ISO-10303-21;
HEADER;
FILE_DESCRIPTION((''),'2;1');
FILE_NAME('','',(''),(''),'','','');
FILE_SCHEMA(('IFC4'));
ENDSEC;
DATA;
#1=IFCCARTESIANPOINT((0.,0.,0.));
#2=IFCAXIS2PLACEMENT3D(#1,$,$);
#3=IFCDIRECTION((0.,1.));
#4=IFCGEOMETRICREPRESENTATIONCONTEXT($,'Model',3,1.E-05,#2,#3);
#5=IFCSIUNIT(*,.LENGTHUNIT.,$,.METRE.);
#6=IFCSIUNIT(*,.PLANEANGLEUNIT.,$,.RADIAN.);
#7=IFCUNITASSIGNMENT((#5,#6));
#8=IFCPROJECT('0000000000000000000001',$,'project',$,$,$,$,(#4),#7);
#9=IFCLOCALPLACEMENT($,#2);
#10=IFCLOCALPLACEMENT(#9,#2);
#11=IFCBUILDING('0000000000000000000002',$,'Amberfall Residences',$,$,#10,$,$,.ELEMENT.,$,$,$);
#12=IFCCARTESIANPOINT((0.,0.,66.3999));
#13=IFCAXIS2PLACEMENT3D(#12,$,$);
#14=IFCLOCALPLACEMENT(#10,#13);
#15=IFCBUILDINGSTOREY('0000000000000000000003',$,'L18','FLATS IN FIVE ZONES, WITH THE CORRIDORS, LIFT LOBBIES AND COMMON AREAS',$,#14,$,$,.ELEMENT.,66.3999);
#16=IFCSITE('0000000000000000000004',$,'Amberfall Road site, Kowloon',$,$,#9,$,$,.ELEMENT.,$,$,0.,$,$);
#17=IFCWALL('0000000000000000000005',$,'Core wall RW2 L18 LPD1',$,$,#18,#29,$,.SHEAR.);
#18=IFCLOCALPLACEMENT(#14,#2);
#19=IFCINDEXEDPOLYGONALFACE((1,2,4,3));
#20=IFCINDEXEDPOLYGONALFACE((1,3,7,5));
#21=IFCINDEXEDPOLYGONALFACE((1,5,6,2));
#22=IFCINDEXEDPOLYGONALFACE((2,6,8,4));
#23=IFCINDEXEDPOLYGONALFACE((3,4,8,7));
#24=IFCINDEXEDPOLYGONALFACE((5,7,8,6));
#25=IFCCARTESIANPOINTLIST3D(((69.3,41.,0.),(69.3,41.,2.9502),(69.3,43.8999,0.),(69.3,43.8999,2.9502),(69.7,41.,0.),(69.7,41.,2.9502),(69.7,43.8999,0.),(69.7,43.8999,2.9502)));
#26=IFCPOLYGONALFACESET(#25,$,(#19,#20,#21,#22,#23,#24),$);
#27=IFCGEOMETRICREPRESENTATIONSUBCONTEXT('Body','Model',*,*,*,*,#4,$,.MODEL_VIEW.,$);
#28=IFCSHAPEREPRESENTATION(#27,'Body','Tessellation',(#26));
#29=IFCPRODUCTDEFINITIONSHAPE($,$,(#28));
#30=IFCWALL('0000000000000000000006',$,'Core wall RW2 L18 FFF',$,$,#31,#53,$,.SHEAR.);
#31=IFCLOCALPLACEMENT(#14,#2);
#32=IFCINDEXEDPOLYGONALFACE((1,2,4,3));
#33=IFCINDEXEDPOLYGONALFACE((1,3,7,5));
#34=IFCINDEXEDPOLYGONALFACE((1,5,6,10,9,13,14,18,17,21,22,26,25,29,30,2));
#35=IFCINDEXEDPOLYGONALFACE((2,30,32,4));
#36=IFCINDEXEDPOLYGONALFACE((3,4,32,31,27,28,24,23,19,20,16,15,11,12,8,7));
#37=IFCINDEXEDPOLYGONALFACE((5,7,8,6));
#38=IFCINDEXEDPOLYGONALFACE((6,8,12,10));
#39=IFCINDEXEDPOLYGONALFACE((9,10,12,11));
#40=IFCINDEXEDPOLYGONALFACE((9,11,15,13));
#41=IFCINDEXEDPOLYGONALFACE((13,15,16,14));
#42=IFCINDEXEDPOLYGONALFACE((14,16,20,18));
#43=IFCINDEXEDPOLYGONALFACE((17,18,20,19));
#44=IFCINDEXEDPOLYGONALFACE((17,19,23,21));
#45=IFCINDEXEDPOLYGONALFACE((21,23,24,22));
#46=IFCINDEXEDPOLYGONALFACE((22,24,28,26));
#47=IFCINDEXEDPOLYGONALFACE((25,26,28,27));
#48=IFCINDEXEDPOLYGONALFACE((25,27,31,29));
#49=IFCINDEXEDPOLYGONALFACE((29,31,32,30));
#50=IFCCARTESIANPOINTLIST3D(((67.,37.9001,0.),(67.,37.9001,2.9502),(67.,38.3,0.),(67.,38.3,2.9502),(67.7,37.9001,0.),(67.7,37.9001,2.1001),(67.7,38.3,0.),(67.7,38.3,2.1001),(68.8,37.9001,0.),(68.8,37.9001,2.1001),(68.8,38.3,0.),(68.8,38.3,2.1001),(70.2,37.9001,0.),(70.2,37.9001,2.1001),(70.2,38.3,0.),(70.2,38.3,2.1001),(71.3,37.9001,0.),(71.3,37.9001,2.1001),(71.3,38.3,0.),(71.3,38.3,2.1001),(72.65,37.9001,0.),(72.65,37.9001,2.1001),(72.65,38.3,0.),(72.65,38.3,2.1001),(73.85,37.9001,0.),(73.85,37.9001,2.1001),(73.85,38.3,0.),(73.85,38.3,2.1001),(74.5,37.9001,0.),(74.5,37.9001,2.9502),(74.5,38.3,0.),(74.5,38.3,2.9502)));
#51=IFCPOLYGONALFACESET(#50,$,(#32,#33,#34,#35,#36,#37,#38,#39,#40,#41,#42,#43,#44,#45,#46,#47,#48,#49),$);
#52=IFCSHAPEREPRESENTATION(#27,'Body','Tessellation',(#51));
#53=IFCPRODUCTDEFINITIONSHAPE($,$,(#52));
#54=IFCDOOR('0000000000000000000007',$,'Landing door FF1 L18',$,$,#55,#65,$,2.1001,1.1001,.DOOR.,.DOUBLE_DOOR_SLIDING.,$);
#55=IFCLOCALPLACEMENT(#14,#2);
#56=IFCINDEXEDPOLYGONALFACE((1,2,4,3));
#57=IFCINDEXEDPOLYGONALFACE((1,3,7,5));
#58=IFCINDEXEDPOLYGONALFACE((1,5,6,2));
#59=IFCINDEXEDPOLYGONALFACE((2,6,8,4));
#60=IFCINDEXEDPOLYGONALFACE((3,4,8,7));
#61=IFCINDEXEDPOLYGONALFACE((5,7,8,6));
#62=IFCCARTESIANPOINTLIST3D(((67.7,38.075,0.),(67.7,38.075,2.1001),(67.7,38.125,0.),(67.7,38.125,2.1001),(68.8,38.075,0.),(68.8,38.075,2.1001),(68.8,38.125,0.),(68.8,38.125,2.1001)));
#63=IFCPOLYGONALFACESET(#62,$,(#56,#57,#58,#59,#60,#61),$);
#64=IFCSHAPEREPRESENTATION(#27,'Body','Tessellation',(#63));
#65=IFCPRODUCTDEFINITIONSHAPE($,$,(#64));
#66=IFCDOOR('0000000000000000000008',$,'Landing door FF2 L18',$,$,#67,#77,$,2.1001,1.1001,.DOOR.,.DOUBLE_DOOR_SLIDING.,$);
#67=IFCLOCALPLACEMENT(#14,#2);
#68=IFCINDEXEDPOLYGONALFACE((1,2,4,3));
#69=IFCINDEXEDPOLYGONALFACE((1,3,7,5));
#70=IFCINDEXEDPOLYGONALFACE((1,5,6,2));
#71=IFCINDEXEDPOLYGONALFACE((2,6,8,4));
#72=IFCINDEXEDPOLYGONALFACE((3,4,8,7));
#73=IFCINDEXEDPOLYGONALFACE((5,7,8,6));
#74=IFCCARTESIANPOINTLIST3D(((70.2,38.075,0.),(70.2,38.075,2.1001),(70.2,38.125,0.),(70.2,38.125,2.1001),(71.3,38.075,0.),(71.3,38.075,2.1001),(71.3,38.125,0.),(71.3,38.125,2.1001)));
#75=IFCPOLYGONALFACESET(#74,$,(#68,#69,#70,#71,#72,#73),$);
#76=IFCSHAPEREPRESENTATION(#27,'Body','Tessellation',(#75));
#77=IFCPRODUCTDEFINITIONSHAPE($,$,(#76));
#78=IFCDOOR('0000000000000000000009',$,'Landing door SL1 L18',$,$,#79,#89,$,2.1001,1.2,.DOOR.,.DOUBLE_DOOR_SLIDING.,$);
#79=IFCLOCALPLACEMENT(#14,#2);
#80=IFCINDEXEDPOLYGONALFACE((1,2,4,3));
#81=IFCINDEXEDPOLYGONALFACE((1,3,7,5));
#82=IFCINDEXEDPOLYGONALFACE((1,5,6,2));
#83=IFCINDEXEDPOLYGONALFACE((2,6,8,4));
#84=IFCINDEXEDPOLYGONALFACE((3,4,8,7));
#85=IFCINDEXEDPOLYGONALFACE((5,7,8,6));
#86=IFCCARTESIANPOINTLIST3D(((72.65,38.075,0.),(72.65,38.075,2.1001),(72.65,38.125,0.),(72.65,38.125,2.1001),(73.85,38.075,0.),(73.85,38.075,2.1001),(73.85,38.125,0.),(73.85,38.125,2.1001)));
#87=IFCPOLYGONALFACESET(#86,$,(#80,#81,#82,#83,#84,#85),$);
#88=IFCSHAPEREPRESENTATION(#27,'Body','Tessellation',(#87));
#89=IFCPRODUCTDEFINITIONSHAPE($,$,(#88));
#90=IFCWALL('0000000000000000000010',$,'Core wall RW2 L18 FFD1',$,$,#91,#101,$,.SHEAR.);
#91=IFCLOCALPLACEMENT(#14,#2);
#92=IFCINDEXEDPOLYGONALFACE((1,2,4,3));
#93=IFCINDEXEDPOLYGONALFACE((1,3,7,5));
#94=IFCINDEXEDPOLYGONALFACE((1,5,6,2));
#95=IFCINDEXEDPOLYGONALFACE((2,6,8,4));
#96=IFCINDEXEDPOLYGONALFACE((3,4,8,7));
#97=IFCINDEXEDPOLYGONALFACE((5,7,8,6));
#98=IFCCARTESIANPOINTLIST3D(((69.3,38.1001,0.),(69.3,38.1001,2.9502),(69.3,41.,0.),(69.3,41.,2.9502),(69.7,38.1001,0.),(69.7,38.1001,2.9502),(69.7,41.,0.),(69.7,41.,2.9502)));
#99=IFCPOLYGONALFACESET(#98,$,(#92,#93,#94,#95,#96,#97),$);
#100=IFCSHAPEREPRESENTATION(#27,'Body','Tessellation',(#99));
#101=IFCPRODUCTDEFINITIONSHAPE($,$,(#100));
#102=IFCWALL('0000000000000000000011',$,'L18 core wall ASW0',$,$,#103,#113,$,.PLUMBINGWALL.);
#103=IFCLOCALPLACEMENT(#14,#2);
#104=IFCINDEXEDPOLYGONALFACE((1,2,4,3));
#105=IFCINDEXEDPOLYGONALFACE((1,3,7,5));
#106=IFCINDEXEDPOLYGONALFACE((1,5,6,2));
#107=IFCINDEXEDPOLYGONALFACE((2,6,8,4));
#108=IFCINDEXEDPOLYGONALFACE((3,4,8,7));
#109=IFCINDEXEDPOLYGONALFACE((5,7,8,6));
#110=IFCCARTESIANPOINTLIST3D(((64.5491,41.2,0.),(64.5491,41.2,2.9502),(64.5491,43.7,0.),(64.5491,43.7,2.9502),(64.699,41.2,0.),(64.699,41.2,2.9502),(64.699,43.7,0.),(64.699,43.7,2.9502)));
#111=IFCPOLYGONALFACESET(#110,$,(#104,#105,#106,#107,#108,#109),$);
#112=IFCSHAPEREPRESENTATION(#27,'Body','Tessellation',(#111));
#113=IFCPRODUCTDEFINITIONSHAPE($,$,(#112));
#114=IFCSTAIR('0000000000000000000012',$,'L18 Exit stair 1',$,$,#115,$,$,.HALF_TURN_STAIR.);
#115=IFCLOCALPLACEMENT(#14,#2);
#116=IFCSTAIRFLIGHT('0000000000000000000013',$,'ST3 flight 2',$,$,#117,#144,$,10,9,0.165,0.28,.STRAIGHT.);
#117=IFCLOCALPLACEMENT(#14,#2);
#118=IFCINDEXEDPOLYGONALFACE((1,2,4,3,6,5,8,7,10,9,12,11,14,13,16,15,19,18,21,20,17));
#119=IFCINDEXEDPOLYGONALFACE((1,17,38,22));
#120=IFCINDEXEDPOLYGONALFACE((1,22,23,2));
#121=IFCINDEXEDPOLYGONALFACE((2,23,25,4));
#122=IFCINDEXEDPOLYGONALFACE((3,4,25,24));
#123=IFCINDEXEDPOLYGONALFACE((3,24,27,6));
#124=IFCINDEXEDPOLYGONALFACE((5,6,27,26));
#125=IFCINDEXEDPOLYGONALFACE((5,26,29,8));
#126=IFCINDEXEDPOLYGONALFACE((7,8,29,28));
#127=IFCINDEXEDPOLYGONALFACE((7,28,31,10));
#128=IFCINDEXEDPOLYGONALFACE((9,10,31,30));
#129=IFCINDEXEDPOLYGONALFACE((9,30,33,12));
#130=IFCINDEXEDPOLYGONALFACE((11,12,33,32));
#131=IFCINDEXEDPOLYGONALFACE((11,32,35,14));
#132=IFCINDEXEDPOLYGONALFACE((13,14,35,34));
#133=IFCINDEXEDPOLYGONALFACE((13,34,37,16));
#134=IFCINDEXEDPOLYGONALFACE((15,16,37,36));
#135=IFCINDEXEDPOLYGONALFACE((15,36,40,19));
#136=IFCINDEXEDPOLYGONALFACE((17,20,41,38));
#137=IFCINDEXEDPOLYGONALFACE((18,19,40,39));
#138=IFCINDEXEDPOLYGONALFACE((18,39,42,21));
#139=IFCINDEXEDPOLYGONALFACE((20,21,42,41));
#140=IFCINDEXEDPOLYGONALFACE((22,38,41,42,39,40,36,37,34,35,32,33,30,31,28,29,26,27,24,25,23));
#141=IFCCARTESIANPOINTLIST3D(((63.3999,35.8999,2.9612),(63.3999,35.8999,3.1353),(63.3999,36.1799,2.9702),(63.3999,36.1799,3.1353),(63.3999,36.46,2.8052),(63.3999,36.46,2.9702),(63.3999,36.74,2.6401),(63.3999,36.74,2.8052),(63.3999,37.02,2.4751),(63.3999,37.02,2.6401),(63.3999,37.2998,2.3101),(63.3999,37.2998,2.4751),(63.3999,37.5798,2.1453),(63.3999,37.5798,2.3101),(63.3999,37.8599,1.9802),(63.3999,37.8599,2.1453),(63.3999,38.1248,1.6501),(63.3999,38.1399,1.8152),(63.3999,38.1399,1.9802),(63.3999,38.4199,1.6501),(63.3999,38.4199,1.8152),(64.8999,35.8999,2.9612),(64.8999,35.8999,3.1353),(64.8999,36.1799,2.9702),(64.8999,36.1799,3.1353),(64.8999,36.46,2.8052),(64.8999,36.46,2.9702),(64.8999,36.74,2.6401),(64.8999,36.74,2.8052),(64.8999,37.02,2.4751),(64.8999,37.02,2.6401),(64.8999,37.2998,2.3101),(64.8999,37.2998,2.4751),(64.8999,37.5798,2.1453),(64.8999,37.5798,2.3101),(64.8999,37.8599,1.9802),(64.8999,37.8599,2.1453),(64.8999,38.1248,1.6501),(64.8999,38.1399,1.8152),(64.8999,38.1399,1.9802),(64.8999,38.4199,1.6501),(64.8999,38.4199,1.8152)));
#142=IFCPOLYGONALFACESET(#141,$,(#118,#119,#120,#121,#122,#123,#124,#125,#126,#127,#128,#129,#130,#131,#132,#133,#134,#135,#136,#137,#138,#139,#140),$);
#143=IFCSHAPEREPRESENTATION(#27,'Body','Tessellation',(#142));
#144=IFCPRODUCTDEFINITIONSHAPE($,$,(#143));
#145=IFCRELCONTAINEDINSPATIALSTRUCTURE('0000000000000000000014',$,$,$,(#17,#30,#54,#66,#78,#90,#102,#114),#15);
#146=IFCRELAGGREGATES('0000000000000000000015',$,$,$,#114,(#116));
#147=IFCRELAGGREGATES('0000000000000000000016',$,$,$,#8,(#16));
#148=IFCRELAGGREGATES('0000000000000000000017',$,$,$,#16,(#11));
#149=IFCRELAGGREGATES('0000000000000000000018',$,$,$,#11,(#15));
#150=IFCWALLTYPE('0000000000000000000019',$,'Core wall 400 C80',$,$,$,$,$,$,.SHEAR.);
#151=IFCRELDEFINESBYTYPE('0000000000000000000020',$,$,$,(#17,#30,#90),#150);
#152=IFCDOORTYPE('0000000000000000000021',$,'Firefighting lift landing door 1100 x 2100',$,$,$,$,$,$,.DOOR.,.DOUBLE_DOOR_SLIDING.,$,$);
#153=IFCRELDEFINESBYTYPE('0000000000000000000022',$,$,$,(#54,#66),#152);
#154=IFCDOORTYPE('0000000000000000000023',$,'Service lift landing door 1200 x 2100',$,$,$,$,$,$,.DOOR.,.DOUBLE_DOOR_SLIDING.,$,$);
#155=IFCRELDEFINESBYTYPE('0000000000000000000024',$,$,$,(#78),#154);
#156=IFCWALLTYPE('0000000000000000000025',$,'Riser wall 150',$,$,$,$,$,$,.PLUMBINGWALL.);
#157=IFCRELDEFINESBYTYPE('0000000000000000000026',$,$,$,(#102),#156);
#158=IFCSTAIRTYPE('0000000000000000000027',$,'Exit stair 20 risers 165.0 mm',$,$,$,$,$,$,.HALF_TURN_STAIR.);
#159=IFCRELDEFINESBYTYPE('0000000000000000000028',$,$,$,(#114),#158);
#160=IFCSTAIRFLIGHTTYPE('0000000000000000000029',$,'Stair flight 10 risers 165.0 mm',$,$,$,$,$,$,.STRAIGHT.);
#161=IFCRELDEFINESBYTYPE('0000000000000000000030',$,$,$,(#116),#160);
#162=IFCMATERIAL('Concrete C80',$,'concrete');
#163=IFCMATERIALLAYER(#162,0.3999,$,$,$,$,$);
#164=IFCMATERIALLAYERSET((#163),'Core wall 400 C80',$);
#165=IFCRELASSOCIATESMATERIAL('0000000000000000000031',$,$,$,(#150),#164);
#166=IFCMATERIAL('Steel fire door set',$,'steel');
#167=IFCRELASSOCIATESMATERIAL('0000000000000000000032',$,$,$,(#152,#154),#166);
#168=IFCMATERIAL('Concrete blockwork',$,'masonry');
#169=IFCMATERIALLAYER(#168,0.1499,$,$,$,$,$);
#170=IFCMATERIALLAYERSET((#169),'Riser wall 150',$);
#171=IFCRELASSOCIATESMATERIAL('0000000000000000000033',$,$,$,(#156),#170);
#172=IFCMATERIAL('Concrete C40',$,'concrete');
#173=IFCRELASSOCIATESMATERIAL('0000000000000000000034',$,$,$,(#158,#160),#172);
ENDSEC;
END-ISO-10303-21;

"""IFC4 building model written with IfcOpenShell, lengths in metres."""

from ifc_helpers import new_model, si_unit, direction, frame, frame_2d, origin, place, context, subcontext, project, spatial, polyline, rectangle, outline, extrude, material, layer, layer_set, type_object, element, fill, aggregate, save


model = new_model("IFC4")

# Units and contexts
model_context = context("Model", 3, precision=1e-05, world=origin(), true_north=direction((0.0, 1.0)))
body_context = subcontext(model_context, "Body", "Model", "MODEL_VIEW")
ifc_project = project(units=[si_unit("LENGTHUNIT", "METRE"), si_unit("PLANEANGLEUNIT", "RADIAN")], contexts=[model_context])

# Site, building, storey
site_placement = place(None, origin())
site = spatial("IfcSite", under=ifc_project, at=site_placement, Name="Amberfall Road site, Kowloon", CompositionType="ELEMENT", RefElevation=0.0)
building_placement = place(site_placement, origin())
building = spatial("IfcBuilding", under=site, at=building_placement, Name="Amberfall Residences", CompositionType="ELEMENT")
storey_placement = place(building_placement, frame((0.0, 0.0, 66.3999)))
storey = spatial("IfcBuildingStorey", under=building, at=storey_placement, Name="L18", Description="FLATS IN FIVE ZONES, WITH THE CORRIDORS, LIFT LOBBIES AND COMMON AREAS", CompositionType="ELEMENT", Elevation=66.3999)

# Wall
ifc_material_1 = material(Name="Concrete C80", Category="concrete")
ifc_layer_1 = layer(ifc_material_1, 0.3999)
ifc_layer_set_1 = layer_set([ifc_layer_1], Name="Core wall 400 C80")
wall_type_1 = type_object("IfcWallType", Name="Core wall 400 C80", PredefinedType="SHEAR", material=ifc_layer_set_1)
wall_1_placement = place(storey_placement, frame((69.5, 41.0, 0.0), z_axis=(0.0, 0.0, 1.0), x_axis=(0.0, 1.0, 0.0)))
element("IfcWall", 1, at=wall_1_placement, inside=storey, type_object=wall_type_1, Name="Core wall RW2 L18 LPD1", PredefinedType="SHEAR", context=body_context, shape_type="SweptSolid", body=[
    extrude(rectangle(XDim=2.8999, YDim=0.3999, at=frame_2d((1.45, 0.0))), origin(), (0.0, 0.0, 1.0), 2.9502),
])

# Wall, openings, doors
wall_2_placement = place(storey_placement, frame((67.0, 38.1001, 0.0), z_axis=(0.0, 0.0, 1.0), x_axis=(1.0, 0.0, 0.0)))
wall_2 = element("IfcWall", 2, at=wall_2_placement, inside=storey, type_object=wall_type_1, Name="Core wall RW2 L18 FFF", PredefinedType="SHEAR", context=body_context, shape_type="SweptSolid", body=[
    extrude(rectangle(XDim=7.5, YDim=0.3999, at=frame_2d((3.75, 0.0))), origin(), (0.0, 0.0, 1.0), 2.9502),
])
opening_1_placement = place(wall_2_placement, frame((0.7, 0.0, 0.0)))
opening_1 = element("IfcOpeningElement", 3, at=opening_1_placement, cuts=wall_2, PredefinedType="OPENING", context=body_context, shape_type="SweptSolid", body=[
    extrude(rectangle(XDim=1.1001, YDim=2.1001, at=frame_2d((0.55, 1.05))), frame((0.0, 0.21, 0.0), z_axis=(0.0, -1.0, 0.0), x_axis=(1.0, 0.0, 0.0)), (0.0, 0.0, 1.0), 0.4199),
])
opening_2_placement = place(wall_2_placement, frame((3.2, 0.0, 0.0)))
opening_2 = element("IfcOpeningElement", 4, at=opening_2_placement, cuts=wall_2, PredefinedType="OPENING", context=body_context, shape_type="SweptSolid", body=[
    extrude(rectangle(XDim=1.1001, YDim=2.1001, at=frame_2d((0.55, 1.05))), frame((0.0, 0.21, 0.0), z_axis=(0.0, -1.0, 0.0), x_axis=(1.0, 0.0, 0.0)), (0.0, 0.0, 1.0), 0.4199),
])
opening_3_placement = place(wall_2_placement, frame((5.6499, 0.0, 0.0)))
opening_3 = element("IfcOpeningElement", 5, at=opening_3_placement, cuts=wall_2, PredefinedType="OPENING", context=body_context, shape_type="SweptSolid", body=[
    extrude(rectangle(XDim=1.2, YDim=2.1001, at=frame_2d((0.6001, 1.05))), frame((0.0, 0.21, 0.0), z_axis=(0.0, -1.0, 0.0), x_axis=(1.0, 0.0, 0.0)), (0.0, 0.0, 1.0), 0.4199),
])
ifc_material_2 = material(Name="Steel fire door set", Category="steel")
door_type_1 = type_object("IfcDoorType", Name="Firefighting lift landing door 1100 x 2100", OperationType="DOUBLE_DOOR_SLIDING", PredefinedType="DOOR", material=ifc_material_2)
door_1_placement = place(opening_1_placement, origin())
door_1 = element("IfcDoor", 6, at=door_1_placement, inside=storey, type_object=door_type_1, Name="Landing door FF1 L18", OperationType="DOUBLE_DOOR_SLIDING", OverallHeight=2.1001, OverallWidth=1.1001, PredefinedType="DOOR", context=body_context, shape_type="SweptSolid", body=[
    extrude(rectangle(XDim=1.1001, YDim=2.1001, at=frame_2d((0.55, 1.05))), frame((0.0, 0.0249, 0.0), z_axis=(0.0, -1.0, 0.0), x_axis=(1.0, 0.0, 0.0)), (0.0, 0.0, 1.0), 0.05),
])
fill(opening_1, door_1)
door_2_placement = place(opening_2_placement, origin())
door_2 = element("IfcDoor", 7, at=door_2_placement, inside=storey, type_object=door_type_1, Name="Landing door FF2 L18", OperationType="DOUBLE_DOOR_SLIDING", OverallHeight=2.1001, OverallWidth=1.1001, PredefinedType="DOOR", context=body_context, shape_type="SweptSolid", body=[
    extrude(rectangle(XDim=1.1001, YDim=2.1001, at=frame_2d((0.55, 1.05))), frame((0.0, 0.0249, 0.0), z_axis=(0.0, -1.0, 0.0), x_axis=(1.0, 0.0, 0.0)), (0.0, 0.0, 1.0), 0.05),
])
fill(opening_2, door_2)
door_type_2 = type_object("IfcDoorType", Name="Service lift landing door 1200 x 2100", OperationType="DOUBLE_DOOR_SLIDING", PredefinedType="DOOR", material=ifc_material_2)
door_3_placement = place(opening_3_placement, origin())
door_3 = element("IfcDoor", 8, at=door_3_placement, inside=storey, type_object=door_type_2, Name="Landing door SL1 L18", OperationType="DOUBLE_DOOR_SLIDING", OverallHeight=2.1001, OverallWidth=1.2, PredefinedType="DOOR", context=body_context, shape_type="SweptSolid", body=[
    extrude(rectangle(XDim=1.2, YDim=2.1001, at=frame_2d((0.6001, 1.05))), frame((0.0, 0.0249, 0.0), z_axis=(0.0, -1.0, 0.0), x_axis=(1.0, 0.0, 0.0)), (0.0, 0.0, 1.0), 0.05),
])
fill(opening_3, door_3)

# Walls
wall_3_placement = place(storey_placement, frame((69.5, 38.1001, 0.0), z_axis=(0.0, 0.0, 1.0), x_axis=(0.0, 1.0, 0.0)))
element("IfcWall", 9, at=wall_3_placement, inside=storey, type_object=wall_type_1, Name="Core wall RW2 L18 FFD1", PredefinedType="SHEAR", context=body_context, shape_type="SweptSolid", body=[
    extrude(rectangle(XDim=2.8999, YDim=0.3999, at=frame_2d((1.45, 0.0))), origin(), (0.0, 0.0, 1.0), 2.9502),
])
ifc_material_3 = material(Name="Concrete blockwork", Category="masonry")
ifc_layer_2 = layer(ifc_material_3, 0.1499)
ifc_layer_set_2 = layer_set([ifc_layer_2], Name="Riser wall 150")
wall_type_2 = type_object("IfcWallType", Name="Riser wall 150", PredefinedType="PLUMBINGWALL", material=ifc_layer_set_2)
wall_4_placement = place(storey_placement, frame((64.624, 41.2, 0.0), z_axis=(0.0, 0.0, 1.0), x_axis=(0.0, 1.0, 0.0)))
element("IfcWall", 10, at=wall_4_placement, inside=storey, type_object=wall_type_2, Name="L18 core wall ASW0", PredefinedType="PLUMBINGWALL", context=body_context, shape_type="SweptSolid", body=[
    extrude(rectangle(XDim=2.5, YDim=0.1499, at=frame_2d((1.25, 0.0))), origin(), (0.0, 0.0, 1.0), 2.9502),
])

# Stair, stair flight
ifc_material_4 = material(Name="Concrete C40", Category="concrete")
stair_type = type_object("IfcStairType", Name="Exit stair 20 risers 165.0 mm", PredefinedType="HALF_TURN_STAIR", material=ifc_material_4)
stair_placement = place(storey_placement, origin())
stair = element("IfcStair", 11, at=stair_placement, inside=storey, type_object=stair_type, Name="L18 Exit stair 1", PredefinedType="HALF_TURN_STAIR")
stair_flight_type = type_object("IfcStairFlightType", Name="Stair flight 10 risers 165.0 mm", PredefinedType="STRAIGHT", material=ifc_material_4)
stair_flight_placement = place(storey_placement, frame((64.1499, 38.4199, 1.6501), z_axis=(0.0, 0.0, 1.0), x_axis=(0.0, -1.0, 0.0)))
stair_flight = element("IfcStairFlight", 12, at=stair_flight_placement, type_object=stair_flight_type, Name="ST3 flight 2", NumberOfRisers=10, NumberOfTreads=9, PredefinedType="STRAIGHT", RiserHeight=0.165, TreadLength=0.28, context=body_context, shape_type="SweptSolid", body=[
    extrude(outline(polyline([(0.0, 0.0), (0.0, 0.165), (0.28, 0.165), (0.28, 0.3301), (0.5601, 0.3301), (0.5601, 0.4951), (0.8401, 0.4951), (0.8401, 0.6599), (1.1201, 0.6599), (1.1201, 0.825), (1.3999, 0.825), (1.3999, 0.99), (1.6799, 0.99), (1.6799, 1.155), (1.96, 1.155), (1.96, 1.3201), (2.24, 1.3201), (2.24, 1.4851), (2.52, 1.4851), (2.52, 1.6499), (2.52, 1.311), (0.2952, 0.0), (0.0, 0.0)])), frame((0.0, 0.75, 0.0), z_axis=(0.0, -1.0, 0.0), x_axis=(1.0, 0.0, 0.0)), (0.0, 0.0, 1.0), 1.5),
])
aggregate(stair, [stair_flight])

save(model, "model.ifc")
